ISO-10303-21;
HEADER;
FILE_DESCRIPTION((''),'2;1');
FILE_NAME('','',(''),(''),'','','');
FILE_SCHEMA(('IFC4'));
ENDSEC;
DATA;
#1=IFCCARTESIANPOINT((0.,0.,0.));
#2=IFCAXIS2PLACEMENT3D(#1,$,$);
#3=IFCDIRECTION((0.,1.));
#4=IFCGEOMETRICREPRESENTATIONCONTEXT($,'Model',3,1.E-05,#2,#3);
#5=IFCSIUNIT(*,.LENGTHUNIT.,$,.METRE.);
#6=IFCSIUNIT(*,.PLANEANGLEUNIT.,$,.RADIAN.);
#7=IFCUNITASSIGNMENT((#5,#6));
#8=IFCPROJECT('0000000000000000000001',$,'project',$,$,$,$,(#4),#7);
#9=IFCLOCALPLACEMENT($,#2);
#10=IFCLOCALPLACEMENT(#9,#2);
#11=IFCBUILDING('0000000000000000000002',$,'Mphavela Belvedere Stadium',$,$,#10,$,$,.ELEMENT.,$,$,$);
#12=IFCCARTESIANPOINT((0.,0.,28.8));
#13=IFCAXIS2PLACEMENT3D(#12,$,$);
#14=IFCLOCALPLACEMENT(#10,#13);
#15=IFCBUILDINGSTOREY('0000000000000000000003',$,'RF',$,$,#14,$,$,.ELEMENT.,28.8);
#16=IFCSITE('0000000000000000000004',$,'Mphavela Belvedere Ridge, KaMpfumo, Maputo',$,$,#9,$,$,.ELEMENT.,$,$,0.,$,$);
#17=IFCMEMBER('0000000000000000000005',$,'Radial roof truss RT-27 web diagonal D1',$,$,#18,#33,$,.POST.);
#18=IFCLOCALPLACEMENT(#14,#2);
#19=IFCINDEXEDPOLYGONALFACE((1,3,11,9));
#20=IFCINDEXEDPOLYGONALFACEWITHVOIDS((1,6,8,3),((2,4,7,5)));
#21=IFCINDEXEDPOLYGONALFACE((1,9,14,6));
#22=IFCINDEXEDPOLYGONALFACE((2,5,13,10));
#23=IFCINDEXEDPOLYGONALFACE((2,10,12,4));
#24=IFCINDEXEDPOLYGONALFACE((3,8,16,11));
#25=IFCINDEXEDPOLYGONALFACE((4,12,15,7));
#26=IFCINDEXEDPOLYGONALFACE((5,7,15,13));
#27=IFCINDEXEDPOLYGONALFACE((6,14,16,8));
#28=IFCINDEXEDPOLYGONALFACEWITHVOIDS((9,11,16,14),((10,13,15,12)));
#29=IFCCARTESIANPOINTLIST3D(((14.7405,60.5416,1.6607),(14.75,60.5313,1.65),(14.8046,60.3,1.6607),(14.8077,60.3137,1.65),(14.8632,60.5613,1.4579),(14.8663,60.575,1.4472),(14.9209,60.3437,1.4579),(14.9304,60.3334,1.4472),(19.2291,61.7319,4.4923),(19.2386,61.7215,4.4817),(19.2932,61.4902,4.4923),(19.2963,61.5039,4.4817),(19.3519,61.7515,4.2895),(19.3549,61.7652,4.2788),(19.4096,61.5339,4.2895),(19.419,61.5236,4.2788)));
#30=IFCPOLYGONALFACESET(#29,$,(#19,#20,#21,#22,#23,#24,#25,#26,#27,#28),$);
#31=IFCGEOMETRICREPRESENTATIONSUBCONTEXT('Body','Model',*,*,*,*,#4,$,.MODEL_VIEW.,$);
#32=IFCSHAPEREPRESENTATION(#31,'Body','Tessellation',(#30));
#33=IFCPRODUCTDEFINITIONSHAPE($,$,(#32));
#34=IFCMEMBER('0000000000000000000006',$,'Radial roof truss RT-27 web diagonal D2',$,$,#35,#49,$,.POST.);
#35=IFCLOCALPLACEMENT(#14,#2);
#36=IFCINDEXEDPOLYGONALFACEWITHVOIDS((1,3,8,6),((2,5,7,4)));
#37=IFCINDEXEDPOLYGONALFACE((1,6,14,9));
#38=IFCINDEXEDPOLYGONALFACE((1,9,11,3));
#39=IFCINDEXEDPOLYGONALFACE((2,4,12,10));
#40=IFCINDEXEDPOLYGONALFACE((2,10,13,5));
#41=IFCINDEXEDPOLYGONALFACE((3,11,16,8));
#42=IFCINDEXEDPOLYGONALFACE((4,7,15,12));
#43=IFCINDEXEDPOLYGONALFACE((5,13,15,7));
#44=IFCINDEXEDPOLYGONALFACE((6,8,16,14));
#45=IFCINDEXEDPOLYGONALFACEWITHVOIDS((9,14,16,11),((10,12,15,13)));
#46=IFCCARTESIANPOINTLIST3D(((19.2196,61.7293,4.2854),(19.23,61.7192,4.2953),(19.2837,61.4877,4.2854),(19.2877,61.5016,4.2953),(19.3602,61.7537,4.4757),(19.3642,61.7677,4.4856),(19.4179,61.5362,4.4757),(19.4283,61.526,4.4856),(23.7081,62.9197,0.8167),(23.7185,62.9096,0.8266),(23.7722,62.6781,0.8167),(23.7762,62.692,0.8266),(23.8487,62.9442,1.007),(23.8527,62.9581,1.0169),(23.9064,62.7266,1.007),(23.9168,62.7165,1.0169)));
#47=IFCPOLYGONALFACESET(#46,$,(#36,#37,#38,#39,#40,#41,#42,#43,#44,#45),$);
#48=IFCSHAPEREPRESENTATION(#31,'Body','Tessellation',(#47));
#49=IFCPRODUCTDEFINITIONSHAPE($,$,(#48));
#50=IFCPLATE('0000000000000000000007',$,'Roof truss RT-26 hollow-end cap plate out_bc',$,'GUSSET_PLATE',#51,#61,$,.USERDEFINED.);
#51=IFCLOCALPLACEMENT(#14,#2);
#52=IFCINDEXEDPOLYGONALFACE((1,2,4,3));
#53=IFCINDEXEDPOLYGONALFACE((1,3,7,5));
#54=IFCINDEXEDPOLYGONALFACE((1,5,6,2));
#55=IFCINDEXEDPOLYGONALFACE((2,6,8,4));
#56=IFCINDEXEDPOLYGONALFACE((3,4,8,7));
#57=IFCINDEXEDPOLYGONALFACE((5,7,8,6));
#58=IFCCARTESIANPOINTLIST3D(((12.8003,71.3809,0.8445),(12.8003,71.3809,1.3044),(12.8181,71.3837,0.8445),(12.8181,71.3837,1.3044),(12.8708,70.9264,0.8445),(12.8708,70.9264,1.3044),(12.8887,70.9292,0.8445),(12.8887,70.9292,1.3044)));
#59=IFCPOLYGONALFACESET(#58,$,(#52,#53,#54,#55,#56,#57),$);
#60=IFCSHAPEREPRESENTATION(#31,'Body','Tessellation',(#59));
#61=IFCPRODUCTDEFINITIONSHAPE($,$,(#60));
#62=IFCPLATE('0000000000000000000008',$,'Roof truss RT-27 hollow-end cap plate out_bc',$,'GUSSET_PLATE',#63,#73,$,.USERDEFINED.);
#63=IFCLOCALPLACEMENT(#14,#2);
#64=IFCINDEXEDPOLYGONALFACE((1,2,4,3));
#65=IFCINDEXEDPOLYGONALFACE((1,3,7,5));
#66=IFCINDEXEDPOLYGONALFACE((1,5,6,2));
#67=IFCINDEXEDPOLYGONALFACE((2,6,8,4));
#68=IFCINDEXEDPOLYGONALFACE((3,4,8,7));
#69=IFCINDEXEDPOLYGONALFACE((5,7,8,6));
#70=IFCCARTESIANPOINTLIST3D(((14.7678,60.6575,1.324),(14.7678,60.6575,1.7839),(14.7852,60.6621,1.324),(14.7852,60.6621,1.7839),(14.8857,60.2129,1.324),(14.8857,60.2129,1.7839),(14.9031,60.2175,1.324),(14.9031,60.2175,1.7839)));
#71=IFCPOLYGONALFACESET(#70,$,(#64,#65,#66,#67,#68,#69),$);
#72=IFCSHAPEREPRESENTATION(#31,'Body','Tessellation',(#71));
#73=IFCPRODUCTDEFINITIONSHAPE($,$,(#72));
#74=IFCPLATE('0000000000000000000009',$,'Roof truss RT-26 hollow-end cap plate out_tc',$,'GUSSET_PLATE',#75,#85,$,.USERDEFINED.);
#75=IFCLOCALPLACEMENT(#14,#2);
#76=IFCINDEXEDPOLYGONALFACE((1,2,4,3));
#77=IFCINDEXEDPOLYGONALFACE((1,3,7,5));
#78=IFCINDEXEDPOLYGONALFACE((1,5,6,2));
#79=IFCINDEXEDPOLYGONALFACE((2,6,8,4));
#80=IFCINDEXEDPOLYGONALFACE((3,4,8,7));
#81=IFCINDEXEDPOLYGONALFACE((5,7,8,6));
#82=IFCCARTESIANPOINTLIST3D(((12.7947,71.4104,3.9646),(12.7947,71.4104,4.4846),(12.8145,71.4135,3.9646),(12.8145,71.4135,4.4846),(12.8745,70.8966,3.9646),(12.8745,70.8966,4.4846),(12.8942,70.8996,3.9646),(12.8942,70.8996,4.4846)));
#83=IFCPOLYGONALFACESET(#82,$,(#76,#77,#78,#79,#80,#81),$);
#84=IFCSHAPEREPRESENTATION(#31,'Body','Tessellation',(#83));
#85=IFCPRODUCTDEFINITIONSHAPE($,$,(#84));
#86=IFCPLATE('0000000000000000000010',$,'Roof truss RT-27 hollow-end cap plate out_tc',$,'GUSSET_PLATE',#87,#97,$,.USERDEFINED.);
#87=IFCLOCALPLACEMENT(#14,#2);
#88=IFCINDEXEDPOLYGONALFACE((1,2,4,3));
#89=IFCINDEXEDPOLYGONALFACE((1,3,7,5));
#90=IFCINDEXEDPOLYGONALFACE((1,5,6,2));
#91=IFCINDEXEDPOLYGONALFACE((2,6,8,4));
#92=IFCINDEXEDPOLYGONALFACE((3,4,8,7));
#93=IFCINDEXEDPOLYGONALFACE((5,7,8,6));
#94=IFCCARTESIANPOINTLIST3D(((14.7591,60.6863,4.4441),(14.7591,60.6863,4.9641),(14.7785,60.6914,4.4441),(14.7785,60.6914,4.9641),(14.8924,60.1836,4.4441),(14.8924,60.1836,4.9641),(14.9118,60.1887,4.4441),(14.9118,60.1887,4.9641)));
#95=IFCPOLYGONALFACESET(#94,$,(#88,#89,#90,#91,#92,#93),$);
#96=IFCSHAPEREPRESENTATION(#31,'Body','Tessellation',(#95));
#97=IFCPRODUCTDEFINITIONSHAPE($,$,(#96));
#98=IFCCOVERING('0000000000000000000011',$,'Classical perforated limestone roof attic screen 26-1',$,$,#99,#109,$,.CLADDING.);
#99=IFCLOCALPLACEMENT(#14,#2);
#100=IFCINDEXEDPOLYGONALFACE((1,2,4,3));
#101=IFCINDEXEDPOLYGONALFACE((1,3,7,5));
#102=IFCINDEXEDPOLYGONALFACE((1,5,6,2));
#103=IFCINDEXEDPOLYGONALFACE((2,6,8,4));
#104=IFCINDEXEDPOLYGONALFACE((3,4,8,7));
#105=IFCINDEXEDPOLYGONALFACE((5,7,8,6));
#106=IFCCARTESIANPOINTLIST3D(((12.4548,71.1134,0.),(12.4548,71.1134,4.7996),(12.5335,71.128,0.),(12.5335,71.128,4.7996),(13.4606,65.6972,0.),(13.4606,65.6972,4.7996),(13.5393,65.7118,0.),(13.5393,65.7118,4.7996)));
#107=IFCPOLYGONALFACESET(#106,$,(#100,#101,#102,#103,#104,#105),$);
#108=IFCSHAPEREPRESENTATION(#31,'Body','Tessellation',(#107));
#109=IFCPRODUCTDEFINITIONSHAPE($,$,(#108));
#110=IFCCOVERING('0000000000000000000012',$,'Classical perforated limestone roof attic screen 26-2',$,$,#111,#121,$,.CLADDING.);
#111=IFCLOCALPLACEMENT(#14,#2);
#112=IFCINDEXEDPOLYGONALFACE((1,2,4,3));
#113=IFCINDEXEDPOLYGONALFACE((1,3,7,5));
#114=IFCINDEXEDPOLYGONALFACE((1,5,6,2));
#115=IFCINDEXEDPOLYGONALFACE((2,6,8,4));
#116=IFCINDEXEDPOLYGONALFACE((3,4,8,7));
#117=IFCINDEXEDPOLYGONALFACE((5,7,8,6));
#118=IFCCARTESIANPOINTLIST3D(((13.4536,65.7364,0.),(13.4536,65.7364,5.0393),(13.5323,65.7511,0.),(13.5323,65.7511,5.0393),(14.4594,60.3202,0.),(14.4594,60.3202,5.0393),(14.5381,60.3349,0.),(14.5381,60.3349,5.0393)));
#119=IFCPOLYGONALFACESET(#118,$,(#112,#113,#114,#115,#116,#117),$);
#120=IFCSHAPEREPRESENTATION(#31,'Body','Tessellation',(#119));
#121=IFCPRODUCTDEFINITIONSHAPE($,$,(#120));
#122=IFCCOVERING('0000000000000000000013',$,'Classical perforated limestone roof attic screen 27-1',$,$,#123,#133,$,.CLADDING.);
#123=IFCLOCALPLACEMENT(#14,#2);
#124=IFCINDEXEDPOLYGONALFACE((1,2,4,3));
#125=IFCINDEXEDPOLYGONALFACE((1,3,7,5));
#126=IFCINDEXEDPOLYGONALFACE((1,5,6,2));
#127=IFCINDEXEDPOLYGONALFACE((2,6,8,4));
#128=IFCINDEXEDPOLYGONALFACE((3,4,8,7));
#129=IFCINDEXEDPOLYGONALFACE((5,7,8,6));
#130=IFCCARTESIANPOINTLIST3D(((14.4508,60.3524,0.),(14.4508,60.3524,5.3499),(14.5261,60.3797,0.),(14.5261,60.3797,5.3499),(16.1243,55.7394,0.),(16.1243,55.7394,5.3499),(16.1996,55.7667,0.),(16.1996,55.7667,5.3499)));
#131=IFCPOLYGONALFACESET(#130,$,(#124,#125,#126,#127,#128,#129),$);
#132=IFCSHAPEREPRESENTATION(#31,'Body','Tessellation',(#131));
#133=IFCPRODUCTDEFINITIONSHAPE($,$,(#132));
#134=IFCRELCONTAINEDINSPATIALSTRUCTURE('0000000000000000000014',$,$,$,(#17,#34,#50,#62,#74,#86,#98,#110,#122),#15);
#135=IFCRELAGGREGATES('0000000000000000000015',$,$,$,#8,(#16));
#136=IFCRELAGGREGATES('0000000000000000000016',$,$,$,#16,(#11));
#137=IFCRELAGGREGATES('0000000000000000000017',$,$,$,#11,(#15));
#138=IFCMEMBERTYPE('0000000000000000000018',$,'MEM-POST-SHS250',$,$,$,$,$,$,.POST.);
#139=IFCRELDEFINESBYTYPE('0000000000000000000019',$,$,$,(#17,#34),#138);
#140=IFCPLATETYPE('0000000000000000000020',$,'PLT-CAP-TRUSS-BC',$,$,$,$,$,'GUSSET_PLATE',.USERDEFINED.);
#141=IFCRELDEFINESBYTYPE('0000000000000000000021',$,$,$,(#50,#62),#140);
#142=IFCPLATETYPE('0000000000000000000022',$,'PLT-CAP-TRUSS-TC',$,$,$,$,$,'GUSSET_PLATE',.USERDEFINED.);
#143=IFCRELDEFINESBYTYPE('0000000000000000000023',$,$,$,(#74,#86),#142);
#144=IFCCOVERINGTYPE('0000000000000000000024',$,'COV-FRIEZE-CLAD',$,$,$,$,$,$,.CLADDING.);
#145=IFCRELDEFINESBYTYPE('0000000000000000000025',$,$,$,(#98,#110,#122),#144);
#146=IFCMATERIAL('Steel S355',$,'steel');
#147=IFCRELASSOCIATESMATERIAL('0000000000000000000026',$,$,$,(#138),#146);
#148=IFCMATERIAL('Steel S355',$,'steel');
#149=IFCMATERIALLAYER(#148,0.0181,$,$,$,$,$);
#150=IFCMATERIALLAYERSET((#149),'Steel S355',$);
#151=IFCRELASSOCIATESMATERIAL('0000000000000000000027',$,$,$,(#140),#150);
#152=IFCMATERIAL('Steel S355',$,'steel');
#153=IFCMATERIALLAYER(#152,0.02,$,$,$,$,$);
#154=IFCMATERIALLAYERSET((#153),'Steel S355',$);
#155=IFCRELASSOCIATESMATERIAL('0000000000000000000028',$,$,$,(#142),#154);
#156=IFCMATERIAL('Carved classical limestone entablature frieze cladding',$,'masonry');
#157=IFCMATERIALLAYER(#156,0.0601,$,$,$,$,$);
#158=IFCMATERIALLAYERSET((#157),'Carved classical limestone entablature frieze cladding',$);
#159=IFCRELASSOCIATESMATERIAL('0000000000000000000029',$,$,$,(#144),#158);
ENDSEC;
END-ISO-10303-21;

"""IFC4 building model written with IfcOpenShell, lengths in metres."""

from ifc_helpers import new_model, si_unit, direction, frame, origin, origin_2d, place, context, subcontext, project, spatial, rectangle, hollow_rectangle, extrude, material, layer, layer_set, material_profile, profile_set, type_object, element, save


model = new_model("IFC4")

# Units and contexts
model_context = context("Model", 3, precision=1e-05, world=origin(), true_north=direction((0.0, 1.0)))
body_context = subcontext(model_context, "Body", "Model", "MODEL_VIEW")
ifc_project = project(units=[si_unit("LENGTHUNIT", "METRE"), si_unit("PLANEANGLEUNIT", "RADIAN")], contexts=[model_context])

# Site, building, storey
site_placement = place(None, origin())
site = spatial("IfcSite", under=ifc_project, at=site_placement, Name="Mphavela Belvedere Ridge, KaMpfumo, Maputo", CompositionType="ELEMENT", RefElevation=0.0)
building_placement = place(site_placement, origin())
building = spatial("IfcBuilding", under=site, at=building_placement, Name="Mphavela Belvedere Stadium", CompositionType="ELEMENT")
storey_placement = place(building_placement, frame((0.0, 0.0, 28.8)))
storey = spatial("IfcBuildingStorey", under=building, at=storey_placement, Name="RF", CompositionType="ELEMENT", Elevation=28.8)

# Members
ifc_material_1 = material(Name="Steel S355", Category="steel")
ifc_material_profile_1 = material_profile(ifc_material_1, hollow_rectangle(XDim=0.25, YDim=0.25, WallThickness=0.0125, at=origin_2d()), Name="SHS 250x250x12.5")
ifc_profile_set_1 = profile_set([ifc_material_profile_1], Name="Steel S355")
member_type = type_object("IfcMemberType", Name="MEM-POST-SHS250", PredefinedType="POST", material=ifc_profile_set_1)
member_1_placement = place(storey_placement, frame((14.8354, 60.4375, 1.554), z_axis=(0.825272, 0.218831, 0.520615), x_axis=(-0.256304, 0.966596, 0.0)))
element("IfcMember", 1, at=member_1_placement, inside=storey, type_object=member_type, Name="Radial roof truss RT-27 web diagonal D1", PredefinedType="POST", context=body_context, shape_type="SweptSolid", body=[
    extrude(hollow_rectangle(XDim=0.25, YDim=0.25, WallThickness=0.0125, at=origin_2d()), origin(), (0.0, 0.0, 1.0), 5.439),
])
member_2_placement = place(storey_placement, frame((19.324, 61.6277, 4.3855), z_axis=(0.774388, 0.20538, -0.59845), x_axis=(-0.256354, 0.966583, 0.0)))
element("IfcMember", 2, at=member_2_placement, inside=storey, type_object=member_type, Name="Radial roof truss RT-27 web diagonal D2", PredefinedType="POST", context=body_context, shape_type="SweptSolid", body=[
    extrude(hollow_rectangle(XDim=0.25, YDim=0.25, WallThickness=0.0125, at=origin_2d()), origin(), (0.0, 0.0, 1.0), 5.7961),
])

# Plates
ifc_material_2 = material(Name="Steel S355", Category="steel")
ifc_layer_1 = layer(ifc_material_2, 0.0181)
ifc_layer_set_1 = layer_set([ifc_layer_1], Name="Steel S355")
plate_type_1 = type_object("IfcPlateType", Name="PLT-CAP-TRUSS-BC", ElementType="GUSSET_PLATE", PredefinedType="USERDEFINED", material=ifc_layer_set_1)
for number, where, z_axis, x_axis, name in (
    (3, (12.8445, 71.155, 0.8445), (0.0, 0.0, 1.0), (-0.988175, -0.153331, 0.0), "Roof truss RT-26 hollow-end cap plate out_bc"),
    (4, (14.8354, 60.4375, 1.324), (0.0, 0.0, 1.0), (-0.9666, -0.256289, 0.0), "Roof truss RT-27 hollow-end cap plate out_bc"),
):
    element("IfcPlate", number, at=place(storey_placement, frame(where, z_axis=z_axis, x_axis=x_axis)), inside=storey, type_object=plate_type_1, Name=name, ObjectType="GUSSET_PLATE", PredefinedType="USERDEFINED", context=body_context, shape_type="SweptSolid", body=[
        extrude(rectangle(XDim=0.0181, YDim=0.46, at=origin_2d()), origin(), (0.0, 0.0, 1.0), 0.46),
    ])
ifc_material_3 = material(Name="Steel S355", Category="steel")
ifc_layer_2 = layer(ifc_material_3, 0.02)
ifc_layer_set_2 = layer_set([ifc_layer_2], Name="Steel S355")
plate_type_2 = type_object("IfcPlateType", Name="PLT-CAP-TRUSS-TC", ElementType="GUSSET_PLATE", PredefinedType="USERDEFINED", material=ifc_layer_set_2)
for number, where, z_axis, x_axis, name in (
    (5, (12.8445, 71.155, 3.9646), (0.0, 0.0, 1.0), (-0.988175, -0.153331, 0.0), "Roof truss RT-26 hollow-end cap plate out_tc"),
    (6, (14.8354, 60.4375, 4.4441), (0.0, 0.0, 1.0), (-0.9666, -0.256289, 0.0), "Roof truss RT-27 hollow-end cap plate out_tc"),
):
    element("IfcPlate", number, at=place(storey_placement, frame(where, z_axis=z_axis, x_axis=x_axis)), inside=storey, type_object=plate_type_2, Name=name, ObjectType="GUSSET_PLATE", PredefinedType="USERDEFINED", context=body_context, shape_type="SweptSolid", body=[
        extrude(rectangle(XDim=0.02, YDim=0.52, at=origin_2d()), origin(), (0.0, 0.0, 1.0), 0.52),
    ])

# Coverings
ifc_material_4 = material(Name="Carved classical limestone entablature frieze cladding", Category="masonry")
ifc_layer_3 = layer(ifc_material_4, 0.0601)
ifc_layer_set_3 = layer_set([ifc_layer_3], Name="Carved classical limestone entablature frieze cladding")
covering_type = type_object("IfcCoveringType", Name="COV-FRIEZE-CLAD", PredefinedType="CLADDING", material=ifc_layer_set_3)
covering_1_placement = place(storey_placement, frame((12.9971, 68.4126, 0.0), z_axis=(0.0, 0.0, 1.0), x_axis=(0.182579, -0.983191, 0.0)))
element("IfcCovering", 7, at=covering_1_placement, inside=storey, type_object=covering_type, Name="Classical perforated limestone roof attic screen 26-1", PredefinedType="CLADDING", context=body_context, shape_type="SweptSolid", body=[
    extrude(rectangle(XDim=5.5088, YDim=0.0801, at=origin_2d()), origin(), (0.0, 0.0, 1.0), 4.7996),
])
covering_2_placement = place(storey_placement, frame((13.9958, 63.0356, 0.0), z_axis=(0.0, 0.0, 1.0), x_axis=(0.182579, -0.983191, 0.0)))
element("IfcCovering", 8, at=covering_2_placement, inside=storey, type_object=covering_type, Name="Classical perforated limestone roof attic screen 26-2", PredefinedType="CLADDING", context=body_context, shape_type="SweptSolid", body=[
    extrude(rectangle(XDim=5.5088, YDim=0.0801, at=origin_2d()), origin(), (0.0, 0.0, 1.0), 5.0393),
])
covering_3_placement = place(storey_placement, frame((15.3252, 58.0596, 0.0), z_axis=(0.0, 0.0, 1.0), x_axis=(0.341036, -0.94005, 0.0)))
element("IfcCovering", 9, at=covering_3_placement, inside=storey, type_object=covering_type, Name="Classical perforated limestone roof attic screen 27-1", PredefinedType="CLADDING", context=body_context, shape_type="SweptSolid", body=[
    extrude(rectangle(XDim=4.9072, YDim=0.0801, at=origin_2d()), origin(), (0.0, 0.0, 1.0), 5.3499),
])

save(model, "model.ifc")
